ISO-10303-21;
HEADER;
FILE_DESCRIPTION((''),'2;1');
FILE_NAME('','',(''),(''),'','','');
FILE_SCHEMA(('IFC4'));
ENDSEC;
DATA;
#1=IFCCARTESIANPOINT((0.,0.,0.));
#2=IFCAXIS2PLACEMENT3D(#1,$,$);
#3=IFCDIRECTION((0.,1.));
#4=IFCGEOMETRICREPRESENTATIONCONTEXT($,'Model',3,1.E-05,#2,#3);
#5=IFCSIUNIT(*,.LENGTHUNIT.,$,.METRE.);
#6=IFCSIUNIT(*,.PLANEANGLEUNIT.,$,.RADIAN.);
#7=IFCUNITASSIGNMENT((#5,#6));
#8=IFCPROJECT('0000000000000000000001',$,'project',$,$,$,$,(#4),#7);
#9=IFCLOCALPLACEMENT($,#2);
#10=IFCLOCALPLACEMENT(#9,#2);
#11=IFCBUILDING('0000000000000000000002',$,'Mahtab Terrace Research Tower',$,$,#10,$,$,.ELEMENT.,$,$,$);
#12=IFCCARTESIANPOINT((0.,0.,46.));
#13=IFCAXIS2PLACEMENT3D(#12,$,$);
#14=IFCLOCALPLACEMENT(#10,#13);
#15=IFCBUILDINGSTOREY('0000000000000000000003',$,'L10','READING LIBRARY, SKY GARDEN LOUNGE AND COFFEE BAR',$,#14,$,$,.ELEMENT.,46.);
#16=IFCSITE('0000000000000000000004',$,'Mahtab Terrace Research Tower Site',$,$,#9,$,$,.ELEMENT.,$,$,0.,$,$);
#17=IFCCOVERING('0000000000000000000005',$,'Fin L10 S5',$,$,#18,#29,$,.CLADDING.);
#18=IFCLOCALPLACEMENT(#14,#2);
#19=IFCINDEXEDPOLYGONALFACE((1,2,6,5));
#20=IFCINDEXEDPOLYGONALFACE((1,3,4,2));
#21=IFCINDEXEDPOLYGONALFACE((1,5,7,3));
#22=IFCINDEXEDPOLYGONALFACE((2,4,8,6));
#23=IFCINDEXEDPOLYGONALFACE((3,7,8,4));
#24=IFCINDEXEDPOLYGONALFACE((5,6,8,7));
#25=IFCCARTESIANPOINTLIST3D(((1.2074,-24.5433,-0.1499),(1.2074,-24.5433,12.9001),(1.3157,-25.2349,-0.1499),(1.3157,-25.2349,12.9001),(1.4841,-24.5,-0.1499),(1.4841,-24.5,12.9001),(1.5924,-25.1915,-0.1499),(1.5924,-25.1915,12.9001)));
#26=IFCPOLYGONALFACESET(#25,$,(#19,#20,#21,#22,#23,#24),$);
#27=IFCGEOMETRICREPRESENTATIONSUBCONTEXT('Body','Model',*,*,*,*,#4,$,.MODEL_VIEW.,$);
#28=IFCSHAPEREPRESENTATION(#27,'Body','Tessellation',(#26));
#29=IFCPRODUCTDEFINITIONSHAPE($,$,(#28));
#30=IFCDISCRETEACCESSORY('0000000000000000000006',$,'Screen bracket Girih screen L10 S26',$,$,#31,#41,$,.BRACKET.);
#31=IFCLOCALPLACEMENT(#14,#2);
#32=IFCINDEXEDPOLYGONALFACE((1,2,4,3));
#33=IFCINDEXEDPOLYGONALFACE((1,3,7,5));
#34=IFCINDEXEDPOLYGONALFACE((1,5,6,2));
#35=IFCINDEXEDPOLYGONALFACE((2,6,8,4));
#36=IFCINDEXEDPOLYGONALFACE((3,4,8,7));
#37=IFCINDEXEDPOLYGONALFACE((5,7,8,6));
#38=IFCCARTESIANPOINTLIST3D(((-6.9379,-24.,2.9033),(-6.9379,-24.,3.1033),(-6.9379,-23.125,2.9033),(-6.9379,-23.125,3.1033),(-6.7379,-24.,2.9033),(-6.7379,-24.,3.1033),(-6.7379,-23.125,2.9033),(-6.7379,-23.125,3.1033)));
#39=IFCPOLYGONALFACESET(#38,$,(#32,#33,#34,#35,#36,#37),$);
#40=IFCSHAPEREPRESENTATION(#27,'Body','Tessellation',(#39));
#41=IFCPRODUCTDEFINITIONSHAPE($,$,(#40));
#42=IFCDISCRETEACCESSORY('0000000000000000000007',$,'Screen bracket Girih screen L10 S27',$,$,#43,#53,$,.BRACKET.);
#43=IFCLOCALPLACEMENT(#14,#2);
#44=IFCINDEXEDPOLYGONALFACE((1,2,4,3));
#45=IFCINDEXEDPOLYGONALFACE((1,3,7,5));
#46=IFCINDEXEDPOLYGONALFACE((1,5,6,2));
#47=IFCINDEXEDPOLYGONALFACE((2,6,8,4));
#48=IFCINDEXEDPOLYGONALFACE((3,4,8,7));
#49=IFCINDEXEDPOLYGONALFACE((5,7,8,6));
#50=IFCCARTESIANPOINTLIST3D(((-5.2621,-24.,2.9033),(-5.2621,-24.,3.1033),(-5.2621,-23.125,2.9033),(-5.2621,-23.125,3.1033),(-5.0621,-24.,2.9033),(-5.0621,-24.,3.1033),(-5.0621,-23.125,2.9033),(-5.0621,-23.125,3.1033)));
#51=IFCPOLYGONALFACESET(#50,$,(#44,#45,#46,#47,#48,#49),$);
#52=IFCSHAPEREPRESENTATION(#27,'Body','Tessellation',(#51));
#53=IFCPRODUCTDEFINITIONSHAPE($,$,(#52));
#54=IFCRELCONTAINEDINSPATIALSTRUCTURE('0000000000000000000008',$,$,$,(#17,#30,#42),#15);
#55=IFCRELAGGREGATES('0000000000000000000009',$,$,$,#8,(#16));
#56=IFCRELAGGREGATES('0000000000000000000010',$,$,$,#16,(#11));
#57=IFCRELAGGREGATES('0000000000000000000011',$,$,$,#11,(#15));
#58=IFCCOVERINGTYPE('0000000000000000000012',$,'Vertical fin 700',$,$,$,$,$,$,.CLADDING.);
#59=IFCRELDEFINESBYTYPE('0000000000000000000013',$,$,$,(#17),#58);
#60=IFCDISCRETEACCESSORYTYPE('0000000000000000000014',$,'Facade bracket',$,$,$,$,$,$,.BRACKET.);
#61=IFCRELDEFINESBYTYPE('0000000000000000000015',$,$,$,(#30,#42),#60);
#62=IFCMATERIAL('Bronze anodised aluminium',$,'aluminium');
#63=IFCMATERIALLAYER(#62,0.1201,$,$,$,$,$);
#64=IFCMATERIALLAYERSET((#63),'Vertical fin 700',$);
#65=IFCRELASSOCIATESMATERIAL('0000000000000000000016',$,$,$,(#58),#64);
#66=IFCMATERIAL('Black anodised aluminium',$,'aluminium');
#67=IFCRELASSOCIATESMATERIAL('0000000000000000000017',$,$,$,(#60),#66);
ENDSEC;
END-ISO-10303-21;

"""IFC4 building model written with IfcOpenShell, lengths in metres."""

from ifc_helpers import new_model, si_unit, direction, frame, origin, origin_2d, place, context, subcontext, project, spatial, rectangle, extrude, material, layer, layer_set, type_object, element, save


model = new_model("IFC4")

# Units and contexts
model_context = context("Model", 3, precision=1e-05, world=origin(), true_north=direction((0.0, 1.0)))
body_context = subcontext(model_context, "Body", "Model", "MODEL_VIEW")
ifc_project = project(units=[si_unit("LENGTHUNIT", "METRE"), si_unit("PLANEANGLEUNIT", "RADIAN")], contexts=[model_context])

# Site, building, storey
site_placement = place(None, origin())
site = spatial("IfcSite", under=ifc_project, at=site_placement, Name="Mahtab Terrace Research Tower Site", CompositionType="ELEMENT", RefElevation=0.0)
building_placement = place(site_placement, origin())
building = spatial("IfcBuilding", under=site, at=building_placement, Name="Mahtab Terrace Research Tower", CompositionType="ELEMENT")
storey_placement = place(building_placement, frame((0.0, 0.0, 46.0)))
storey = spatial("IfcBuildingStorey", under=building, at=storey_placement, Name="L10", Description="READING LIBRARY, SKY GARDEN LOUNGE AND COFFEE BAR", CompositionType="ELEMENT", Elevation=46.0)

# Covering
ifc_material_1 = material(Name="Bronze anodised aluminium", Category="aluminium")
ifc_layer_1 = layer(ifc_material_1, 0.1201)
ifc_layer_set_1 = layer_set([ifc_layer_1], Name="Vertical fin 700")
covering_type_1 = type_object("IfcCoveringType", Name="Vertical fin 700", PredefinedType="CLADDING", material=ifc_layer_set_1)
for number, where, z_axis, x_axis, name in (
    (1, (1.3999, -24.8674, -0.1499), (0.0, 0.0, 1.0), (0.987947, 0.154792, 0.0), "Fin L10 S5"),
):
    element("IfcCovering", number, at=place(storey_placement, frame(where, z_axis=z_axis, x_axis=x_axis)), inside=storey, type_object=covering_type_1, Name=name, PredefinedType="CLADDING", context=body_context, shape_type="SweptSolid", body=[
        extrude(rectangle(XDim=0.28, YDim=0.7, at=origin_2d()), origin(), (0.0, 0.0, 1.0), 13.05),
    ])

# Discrete accessories
ifc_material_2 = material(Name="Black anodised aluminium", Category="aluminium")
discrete_accessory_type = type_object("IfcDiscreteAccessoryType", Name="Facade bracket", PredefinedType="BRACKET", material=ifc_material_2)
for number, where, z_axis, x_axis, name in (
    (2, (-6.8379, -23.5625, 2.9033), (0.0, 0.0, 1.0), (1.0, 0.0, 0.0), "Screen bracket Girih screen L10 S26"),
    (3, (-5.1621, -23.5625, 2.9033), (0.0, 0.0, 1.0), (1.0, 0.0, 0.0), "Screen bracket Girih screen L10 S27"),
):
    element("IfcDiscreteAccessory", number, at=place(storey_placement, frame(where, z_axis=z_axis, x_axis=x_axis)), inside=storey, type_object=discrete_accessory_type, Name=name, PredefinedType="BRACKET", context=body_context, shape_type="SweptSolid", body=[
        extrude(rectangle(XDim=0.2, YDim=0.875, at=origin_2d()), origin(), (0.0, 0.0, 1.0), 0.2),
    ])

save(model, "model.ifc")
